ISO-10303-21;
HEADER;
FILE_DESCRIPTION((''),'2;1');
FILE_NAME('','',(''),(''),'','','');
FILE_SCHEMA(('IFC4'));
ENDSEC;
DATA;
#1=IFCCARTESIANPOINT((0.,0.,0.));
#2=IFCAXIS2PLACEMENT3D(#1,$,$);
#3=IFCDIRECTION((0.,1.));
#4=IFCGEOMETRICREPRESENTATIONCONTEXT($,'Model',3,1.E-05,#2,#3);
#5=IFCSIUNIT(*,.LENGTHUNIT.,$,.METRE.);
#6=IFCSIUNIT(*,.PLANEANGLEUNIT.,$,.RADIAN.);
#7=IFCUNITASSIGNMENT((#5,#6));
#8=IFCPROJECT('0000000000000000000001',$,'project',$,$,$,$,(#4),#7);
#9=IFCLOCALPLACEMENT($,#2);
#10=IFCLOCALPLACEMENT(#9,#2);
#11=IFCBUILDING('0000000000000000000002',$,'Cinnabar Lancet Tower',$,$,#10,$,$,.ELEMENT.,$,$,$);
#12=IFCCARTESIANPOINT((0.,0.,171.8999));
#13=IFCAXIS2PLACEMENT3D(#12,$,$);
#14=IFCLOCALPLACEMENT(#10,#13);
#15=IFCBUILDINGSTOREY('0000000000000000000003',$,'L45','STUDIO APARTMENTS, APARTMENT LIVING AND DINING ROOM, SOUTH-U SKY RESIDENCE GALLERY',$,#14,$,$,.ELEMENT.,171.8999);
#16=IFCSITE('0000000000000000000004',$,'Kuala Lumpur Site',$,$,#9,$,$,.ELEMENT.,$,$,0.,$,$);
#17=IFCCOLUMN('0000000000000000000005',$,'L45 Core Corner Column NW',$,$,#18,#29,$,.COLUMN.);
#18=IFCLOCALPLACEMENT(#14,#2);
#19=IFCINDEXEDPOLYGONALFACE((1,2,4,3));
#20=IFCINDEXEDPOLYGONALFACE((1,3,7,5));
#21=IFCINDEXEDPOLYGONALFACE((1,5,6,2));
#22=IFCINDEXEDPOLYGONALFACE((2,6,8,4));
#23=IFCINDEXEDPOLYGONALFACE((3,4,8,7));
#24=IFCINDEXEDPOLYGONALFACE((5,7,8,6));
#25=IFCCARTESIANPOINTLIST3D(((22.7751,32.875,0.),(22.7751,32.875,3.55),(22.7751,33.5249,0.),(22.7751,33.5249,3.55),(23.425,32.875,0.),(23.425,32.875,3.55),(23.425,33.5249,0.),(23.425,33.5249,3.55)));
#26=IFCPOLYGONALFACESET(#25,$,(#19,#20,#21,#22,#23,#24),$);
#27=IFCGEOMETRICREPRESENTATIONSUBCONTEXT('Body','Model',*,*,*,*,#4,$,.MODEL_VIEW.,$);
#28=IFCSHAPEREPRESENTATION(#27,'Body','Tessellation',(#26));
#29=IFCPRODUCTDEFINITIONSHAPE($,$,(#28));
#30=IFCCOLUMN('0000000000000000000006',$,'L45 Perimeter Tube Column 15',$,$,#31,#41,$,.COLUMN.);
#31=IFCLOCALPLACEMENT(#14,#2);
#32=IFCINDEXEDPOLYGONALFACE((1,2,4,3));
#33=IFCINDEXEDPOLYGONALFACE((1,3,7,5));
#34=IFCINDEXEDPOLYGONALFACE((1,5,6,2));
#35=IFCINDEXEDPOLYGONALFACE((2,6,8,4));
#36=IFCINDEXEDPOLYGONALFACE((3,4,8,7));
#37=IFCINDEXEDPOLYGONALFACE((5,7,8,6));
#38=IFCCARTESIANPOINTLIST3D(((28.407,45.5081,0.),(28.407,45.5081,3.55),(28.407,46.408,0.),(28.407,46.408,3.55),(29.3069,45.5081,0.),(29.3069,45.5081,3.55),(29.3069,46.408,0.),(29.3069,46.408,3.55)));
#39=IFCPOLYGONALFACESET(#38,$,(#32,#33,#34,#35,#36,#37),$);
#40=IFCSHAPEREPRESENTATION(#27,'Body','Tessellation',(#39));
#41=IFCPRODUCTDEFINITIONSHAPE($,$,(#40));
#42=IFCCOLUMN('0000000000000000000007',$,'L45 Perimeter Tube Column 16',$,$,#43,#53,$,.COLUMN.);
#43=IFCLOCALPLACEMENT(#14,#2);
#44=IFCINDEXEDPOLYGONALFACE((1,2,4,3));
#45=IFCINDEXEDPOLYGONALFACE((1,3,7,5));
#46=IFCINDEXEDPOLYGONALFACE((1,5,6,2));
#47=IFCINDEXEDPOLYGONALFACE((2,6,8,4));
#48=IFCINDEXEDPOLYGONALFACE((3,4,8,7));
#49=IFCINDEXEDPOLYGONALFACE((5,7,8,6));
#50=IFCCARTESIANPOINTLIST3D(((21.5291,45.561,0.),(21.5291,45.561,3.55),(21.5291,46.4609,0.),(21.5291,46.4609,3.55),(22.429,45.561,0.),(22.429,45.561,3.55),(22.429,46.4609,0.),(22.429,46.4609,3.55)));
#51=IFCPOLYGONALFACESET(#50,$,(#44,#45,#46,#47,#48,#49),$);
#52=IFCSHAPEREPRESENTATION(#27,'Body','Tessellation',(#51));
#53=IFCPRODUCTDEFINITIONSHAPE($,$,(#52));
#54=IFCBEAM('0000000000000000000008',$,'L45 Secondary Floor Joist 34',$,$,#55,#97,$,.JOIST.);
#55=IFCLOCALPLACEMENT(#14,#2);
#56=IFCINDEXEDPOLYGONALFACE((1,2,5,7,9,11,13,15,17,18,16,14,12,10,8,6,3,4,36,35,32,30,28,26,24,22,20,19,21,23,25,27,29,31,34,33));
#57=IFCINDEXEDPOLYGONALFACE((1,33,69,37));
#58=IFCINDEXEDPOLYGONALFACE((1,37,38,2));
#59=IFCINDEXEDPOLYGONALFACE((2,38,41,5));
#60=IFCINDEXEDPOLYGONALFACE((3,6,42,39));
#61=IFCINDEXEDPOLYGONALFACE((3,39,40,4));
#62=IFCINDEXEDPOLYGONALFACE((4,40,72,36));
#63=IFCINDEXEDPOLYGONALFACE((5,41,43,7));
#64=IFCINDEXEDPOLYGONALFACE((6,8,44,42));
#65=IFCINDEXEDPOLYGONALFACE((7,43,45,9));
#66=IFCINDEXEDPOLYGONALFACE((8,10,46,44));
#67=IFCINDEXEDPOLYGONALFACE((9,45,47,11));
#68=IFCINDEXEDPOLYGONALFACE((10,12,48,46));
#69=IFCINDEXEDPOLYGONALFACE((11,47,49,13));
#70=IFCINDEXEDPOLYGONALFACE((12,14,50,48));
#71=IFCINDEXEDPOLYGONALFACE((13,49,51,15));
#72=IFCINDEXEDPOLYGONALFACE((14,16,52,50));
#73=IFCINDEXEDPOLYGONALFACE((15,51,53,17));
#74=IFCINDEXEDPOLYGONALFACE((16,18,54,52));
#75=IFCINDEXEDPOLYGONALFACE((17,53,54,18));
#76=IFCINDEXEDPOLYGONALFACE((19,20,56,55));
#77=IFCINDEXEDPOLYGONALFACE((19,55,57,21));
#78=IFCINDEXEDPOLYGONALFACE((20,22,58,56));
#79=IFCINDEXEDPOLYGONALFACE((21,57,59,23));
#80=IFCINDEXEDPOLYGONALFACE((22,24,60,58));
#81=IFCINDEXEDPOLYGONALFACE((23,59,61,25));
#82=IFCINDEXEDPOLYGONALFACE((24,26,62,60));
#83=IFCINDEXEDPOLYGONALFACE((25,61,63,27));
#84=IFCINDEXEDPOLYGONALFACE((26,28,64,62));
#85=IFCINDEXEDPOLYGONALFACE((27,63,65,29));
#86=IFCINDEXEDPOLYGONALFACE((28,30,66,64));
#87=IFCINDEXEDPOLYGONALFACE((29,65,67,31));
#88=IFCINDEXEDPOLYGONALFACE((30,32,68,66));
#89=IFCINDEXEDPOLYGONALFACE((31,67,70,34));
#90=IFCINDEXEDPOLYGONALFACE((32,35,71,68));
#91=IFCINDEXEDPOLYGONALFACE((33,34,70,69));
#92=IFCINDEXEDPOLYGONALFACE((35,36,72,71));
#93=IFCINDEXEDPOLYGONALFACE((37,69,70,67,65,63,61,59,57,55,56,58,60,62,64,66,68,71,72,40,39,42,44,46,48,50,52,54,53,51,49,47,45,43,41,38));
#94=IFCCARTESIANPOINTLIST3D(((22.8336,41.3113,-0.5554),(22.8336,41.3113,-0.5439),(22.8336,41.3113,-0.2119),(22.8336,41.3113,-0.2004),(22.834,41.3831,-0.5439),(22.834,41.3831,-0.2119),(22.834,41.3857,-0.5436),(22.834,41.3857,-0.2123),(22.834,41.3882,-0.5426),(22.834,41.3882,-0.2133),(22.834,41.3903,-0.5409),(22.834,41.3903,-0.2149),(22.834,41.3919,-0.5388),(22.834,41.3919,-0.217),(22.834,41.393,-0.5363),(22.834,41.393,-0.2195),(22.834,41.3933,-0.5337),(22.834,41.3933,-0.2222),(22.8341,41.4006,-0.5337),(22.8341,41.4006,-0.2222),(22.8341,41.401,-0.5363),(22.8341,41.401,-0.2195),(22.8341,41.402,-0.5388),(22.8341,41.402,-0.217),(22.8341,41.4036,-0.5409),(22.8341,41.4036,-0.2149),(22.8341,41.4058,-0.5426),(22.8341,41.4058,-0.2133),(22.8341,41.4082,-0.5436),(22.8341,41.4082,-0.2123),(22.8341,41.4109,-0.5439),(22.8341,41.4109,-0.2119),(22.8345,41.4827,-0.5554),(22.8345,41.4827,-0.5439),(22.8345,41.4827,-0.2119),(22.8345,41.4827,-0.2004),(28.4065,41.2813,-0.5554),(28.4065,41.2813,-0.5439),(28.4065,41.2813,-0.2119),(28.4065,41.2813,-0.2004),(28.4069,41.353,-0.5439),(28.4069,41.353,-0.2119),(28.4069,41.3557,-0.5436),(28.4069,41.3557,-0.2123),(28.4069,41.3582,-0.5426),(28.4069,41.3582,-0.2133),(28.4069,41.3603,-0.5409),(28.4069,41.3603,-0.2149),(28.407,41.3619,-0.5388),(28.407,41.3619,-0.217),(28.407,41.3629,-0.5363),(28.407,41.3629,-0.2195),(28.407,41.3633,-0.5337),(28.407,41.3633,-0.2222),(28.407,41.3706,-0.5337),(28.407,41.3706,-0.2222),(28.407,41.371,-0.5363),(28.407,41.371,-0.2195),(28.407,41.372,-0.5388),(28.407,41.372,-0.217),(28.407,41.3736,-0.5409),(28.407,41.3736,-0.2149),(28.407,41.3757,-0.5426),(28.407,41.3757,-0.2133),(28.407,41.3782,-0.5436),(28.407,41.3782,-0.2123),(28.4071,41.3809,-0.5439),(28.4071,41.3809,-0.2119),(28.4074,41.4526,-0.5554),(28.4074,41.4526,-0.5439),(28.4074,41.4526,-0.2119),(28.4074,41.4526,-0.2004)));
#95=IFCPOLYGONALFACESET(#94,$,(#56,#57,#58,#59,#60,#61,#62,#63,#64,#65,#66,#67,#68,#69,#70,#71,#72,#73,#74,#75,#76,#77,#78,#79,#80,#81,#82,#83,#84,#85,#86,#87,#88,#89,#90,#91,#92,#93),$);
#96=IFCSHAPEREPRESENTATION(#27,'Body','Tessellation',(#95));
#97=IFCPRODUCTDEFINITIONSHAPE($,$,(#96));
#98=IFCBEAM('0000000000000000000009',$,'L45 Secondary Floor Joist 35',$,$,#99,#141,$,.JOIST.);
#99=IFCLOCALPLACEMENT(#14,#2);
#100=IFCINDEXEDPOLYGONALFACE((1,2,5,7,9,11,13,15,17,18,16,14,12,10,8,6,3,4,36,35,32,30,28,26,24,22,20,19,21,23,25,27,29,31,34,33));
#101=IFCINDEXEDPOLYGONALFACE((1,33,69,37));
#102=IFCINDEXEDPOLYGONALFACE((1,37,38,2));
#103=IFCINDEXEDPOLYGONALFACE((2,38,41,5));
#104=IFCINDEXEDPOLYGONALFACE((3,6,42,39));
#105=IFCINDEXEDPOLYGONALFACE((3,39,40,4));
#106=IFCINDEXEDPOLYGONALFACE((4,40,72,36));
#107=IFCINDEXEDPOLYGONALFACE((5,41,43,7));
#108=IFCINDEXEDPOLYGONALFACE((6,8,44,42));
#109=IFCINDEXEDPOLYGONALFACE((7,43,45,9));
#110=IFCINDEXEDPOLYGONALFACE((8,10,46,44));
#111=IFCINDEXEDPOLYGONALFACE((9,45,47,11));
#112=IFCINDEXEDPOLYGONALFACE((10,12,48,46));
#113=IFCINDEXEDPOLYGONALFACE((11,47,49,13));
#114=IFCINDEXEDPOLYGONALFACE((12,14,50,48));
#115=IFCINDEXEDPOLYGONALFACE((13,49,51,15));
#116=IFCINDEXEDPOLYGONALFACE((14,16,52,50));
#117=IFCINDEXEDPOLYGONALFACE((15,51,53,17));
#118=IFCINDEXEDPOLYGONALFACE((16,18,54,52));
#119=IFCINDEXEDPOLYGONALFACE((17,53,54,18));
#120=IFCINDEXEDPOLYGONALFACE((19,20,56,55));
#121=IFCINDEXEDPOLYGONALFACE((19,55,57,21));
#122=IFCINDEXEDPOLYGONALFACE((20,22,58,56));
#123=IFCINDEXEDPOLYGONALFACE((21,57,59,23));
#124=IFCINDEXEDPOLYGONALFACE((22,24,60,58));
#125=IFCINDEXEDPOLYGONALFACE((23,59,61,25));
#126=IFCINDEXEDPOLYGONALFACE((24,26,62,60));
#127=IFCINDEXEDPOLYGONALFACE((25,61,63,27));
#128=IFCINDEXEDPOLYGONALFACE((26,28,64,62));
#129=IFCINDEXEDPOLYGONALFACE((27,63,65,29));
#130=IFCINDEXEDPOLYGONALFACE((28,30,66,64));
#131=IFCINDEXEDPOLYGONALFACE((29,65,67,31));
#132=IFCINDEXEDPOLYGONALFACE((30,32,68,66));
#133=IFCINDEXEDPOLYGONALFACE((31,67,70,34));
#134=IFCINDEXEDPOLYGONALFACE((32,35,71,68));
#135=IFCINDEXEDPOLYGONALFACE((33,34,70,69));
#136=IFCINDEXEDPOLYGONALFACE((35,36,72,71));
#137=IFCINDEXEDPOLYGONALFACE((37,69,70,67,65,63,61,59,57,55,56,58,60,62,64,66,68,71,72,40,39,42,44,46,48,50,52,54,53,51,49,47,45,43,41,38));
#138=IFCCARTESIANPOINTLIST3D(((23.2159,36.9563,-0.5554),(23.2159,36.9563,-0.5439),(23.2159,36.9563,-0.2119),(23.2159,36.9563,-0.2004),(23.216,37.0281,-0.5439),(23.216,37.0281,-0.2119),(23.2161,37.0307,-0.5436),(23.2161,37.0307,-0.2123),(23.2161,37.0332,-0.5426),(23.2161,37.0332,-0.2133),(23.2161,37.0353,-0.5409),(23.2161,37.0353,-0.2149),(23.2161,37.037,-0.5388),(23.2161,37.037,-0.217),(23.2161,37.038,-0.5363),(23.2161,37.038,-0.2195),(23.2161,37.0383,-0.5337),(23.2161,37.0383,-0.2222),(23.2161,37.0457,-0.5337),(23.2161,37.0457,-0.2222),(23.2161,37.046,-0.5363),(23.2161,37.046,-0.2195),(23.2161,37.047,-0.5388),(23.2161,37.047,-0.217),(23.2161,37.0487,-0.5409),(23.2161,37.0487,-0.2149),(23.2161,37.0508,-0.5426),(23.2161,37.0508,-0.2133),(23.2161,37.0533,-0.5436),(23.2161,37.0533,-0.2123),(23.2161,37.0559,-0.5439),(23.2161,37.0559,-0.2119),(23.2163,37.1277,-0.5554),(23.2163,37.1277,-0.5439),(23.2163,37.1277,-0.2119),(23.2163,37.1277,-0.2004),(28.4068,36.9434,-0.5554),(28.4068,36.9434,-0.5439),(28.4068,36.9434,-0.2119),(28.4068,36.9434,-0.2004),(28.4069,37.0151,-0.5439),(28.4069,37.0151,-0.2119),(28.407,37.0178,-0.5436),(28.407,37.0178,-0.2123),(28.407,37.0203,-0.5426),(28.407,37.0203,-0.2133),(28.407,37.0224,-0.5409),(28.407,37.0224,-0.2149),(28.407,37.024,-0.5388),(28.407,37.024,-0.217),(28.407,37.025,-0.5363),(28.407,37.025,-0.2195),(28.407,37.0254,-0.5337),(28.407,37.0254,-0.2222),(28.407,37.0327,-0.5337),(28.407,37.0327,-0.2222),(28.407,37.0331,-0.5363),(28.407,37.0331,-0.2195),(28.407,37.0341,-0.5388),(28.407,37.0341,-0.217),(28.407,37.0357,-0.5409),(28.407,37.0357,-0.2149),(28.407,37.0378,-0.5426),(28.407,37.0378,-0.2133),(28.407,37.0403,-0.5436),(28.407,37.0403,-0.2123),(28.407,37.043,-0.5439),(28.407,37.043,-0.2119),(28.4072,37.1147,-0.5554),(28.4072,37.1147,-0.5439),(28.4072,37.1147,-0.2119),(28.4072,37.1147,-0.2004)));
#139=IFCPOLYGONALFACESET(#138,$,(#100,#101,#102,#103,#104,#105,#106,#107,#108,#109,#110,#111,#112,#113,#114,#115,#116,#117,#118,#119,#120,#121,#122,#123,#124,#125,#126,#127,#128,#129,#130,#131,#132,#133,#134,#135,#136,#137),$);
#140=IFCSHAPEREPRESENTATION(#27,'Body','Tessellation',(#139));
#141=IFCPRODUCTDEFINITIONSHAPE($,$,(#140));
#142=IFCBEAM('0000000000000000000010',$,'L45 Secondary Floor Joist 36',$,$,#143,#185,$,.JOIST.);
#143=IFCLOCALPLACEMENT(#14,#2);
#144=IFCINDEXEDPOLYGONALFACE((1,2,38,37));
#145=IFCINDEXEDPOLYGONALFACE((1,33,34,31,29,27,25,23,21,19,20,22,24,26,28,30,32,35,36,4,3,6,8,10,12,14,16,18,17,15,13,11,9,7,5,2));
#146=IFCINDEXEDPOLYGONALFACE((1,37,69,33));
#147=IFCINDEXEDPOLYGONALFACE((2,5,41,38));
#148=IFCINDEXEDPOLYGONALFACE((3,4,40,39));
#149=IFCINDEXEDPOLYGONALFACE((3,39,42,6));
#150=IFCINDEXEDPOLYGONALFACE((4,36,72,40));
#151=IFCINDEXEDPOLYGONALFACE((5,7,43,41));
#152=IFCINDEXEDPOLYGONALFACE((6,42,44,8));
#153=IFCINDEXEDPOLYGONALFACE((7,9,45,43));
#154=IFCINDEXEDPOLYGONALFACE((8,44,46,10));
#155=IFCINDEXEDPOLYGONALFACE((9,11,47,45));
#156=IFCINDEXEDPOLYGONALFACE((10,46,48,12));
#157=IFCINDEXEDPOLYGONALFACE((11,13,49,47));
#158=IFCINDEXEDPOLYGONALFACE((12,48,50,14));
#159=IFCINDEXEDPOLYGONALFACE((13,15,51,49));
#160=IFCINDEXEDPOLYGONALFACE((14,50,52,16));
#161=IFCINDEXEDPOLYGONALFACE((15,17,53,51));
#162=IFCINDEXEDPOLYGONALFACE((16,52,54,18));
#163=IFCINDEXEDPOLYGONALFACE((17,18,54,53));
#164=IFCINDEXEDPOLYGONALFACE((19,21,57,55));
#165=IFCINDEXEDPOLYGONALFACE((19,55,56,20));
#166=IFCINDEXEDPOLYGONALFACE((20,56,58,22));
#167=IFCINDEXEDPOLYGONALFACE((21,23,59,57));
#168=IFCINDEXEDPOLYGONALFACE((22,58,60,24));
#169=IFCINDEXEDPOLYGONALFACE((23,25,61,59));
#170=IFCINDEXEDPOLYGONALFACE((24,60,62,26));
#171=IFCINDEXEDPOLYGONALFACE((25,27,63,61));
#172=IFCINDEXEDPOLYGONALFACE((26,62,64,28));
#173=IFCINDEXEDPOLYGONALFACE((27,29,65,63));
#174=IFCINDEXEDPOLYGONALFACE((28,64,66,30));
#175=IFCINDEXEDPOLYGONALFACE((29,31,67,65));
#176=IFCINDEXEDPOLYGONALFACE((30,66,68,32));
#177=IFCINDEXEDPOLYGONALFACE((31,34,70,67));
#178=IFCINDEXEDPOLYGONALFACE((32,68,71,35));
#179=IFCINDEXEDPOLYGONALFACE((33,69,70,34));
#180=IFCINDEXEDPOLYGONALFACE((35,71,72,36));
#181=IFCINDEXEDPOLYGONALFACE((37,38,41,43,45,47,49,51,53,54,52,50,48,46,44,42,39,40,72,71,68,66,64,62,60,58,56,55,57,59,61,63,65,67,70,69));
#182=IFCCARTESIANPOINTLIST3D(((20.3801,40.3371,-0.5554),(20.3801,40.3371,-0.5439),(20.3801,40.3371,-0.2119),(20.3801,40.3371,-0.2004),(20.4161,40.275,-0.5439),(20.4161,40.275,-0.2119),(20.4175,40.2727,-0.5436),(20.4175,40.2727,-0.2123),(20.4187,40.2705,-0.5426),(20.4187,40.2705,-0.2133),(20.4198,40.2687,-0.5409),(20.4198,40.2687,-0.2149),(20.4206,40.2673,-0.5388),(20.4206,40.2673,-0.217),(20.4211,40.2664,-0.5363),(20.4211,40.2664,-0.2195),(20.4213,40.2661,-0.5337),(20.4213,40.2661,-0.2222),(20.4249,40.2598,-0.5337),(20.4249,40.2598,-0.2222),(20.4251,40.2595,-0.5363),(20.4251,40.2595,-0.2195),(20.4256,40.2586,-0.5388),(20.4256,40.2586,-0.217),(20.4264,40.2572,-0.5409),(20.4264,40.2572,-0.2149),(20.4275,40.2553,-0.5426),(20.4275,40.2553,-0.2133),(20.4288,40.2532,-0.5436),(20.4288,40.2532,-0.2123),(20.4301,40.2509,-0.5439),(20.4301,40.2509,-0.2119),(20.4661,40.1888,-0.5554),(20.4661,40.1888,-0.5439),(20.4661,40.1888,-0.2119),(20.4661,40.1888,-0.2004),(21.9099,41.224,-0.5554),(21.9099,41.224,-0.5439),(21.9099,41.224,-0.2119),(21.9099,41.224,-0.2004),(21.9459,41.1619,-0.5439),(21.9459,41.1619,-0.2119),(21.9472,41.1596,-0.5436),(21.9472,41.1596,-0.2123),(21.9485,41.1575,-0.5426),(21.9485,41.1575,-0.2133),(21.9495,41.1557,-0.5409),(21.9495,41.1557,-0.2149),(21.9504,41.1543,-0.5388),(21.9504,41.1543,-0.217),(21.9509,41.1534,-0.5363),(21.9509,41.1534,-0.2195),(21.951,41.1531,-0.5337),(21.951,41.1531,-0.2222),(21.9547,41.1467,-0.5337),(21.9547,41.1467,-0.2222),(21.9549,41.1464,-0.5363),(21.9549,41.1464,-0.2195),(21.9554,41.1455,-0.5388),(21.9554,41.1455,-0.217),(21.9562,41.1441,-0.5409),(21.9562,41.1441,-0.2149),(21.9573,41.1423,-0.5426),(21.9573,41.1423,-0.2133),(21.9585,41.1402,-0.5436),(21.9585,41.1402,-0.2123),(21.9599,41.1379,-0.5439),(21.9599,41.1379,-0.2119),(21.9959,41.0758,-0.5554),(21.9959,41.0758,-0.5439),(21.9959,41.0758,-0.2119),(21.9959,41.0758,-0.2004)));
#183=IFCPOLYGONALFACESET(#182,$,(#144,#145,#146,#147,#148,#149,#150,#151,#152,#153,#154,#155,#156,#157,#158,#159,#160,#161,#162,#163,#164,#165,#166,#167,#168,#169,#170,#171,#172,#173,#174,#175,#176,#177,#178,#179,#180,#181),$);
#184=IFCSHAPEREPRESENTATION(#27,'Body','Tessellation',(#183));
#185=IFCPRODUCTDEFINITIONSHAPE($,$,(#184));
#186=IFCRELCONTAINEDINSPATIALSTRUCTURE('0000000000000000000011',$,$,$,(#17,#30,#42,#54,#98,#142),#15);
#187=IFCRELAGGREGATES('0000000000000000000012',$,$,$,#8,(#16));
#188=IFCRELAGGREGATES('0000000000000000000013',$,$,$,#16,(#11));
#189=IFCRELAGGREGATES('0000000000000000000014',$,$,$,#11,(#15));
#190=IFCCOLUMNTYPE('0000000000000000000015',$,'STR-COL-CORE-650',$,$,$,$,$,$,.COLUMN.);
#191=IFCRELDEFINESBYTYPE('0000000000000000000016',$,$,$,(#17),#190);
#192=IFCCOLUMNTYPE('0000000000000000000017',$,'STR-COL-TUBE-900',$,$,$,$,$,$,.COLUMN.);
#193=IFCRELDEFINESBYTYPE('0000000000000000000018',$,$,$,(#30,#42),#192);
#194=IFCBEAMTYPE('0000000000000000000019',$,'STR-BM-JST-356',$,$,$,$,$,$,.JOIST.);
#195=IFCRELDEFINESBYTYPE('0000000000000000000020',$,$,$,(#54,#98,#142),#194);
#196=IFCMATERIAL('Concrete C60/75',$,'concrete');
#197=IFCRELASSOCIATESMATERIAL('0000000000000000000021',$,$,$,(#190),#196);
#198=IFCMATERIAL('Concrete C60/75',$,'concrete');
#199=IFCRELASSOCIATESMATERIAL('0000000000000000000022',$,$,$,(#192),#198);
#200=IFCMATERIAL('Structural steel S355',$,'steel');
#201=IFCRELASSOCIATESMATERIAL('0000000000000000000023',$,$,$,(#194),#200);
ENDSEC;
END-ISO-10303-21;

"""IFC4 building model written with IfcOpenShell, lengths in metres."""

from ifc_helpers import new_model, si_unit, direction, frame, origin, origin_2d, place, context, subcontext, project, spatial, rectangle, i_section, extrude, material, material_profile, profile_set, type_object, element, save


model = new_model("IFC4")

# Units and contexts
model_context = context("Model", 3, precision=1e-05, world=origin(), true_north=direction((0.0, 1.0)))
body_context = subcontext(model_context, "Body", "Model", "MODEL_VIEW")
ifc_project = project(units=[si_unit("LENGTHUNIT", "METRE"), si_unit("PLANEANGLEUNIT", "RADIAN")], contexts=[model_context])

# Site, building, storey
site_placement = place(None, origin())
site = spatial("IfcSite", under=ifc_project, at=site_placement, Name="Kuala Lumpur Site", CompositionType="ELEMENT", RefElevation=0.0)
building_placement = place(site_placement, origin())
building = spatial("IfcBuilding", under=site, at=building_placement, Name="Cinnabar Lancet Tower", CompositionType="ELEMENT")
storey_placement = place(building_placement, frame((0.0, 0.0, 171.8999)))
storey = spatial("IfcBuildingStorey", under=building, at=storey_placement, Name="L45", Description="STUDIO APARTMENTS, APARTMENT LIVING AND DINING ROOM, SOUTH-U SKY RESIDENCE GALLERY", CompositionType="ELEMENT", Elevation=171.8999)

# Columns
ifc_material_1 = material(Name="Concrete C60/75", Category="concrete")
ifc_material_profile_1 = material_profile(ifc_material_1, rectangle(XDim=0.6499, YDim=0.6499, at=origin_2d()), Name="RC-COL 650x650")
ifc_profile_set_1 = profile_set([ifc_material_profile_1], Name="Concrete C60/75")
column_type_1 = type_object("IfcColumnType", Name="STR-COL-CORE-650", PredefinedType="COLUMN", material=ifc_profile_set_1)
column_placement = place(storey_placement, frame((23.1001, 33.2, 0.0), z_axis=(0.0, 0.0, 1.0), x_axis=(1.0, 0.0, 0.0)))
element("IfcColumn", 1, at=column_placement, inside=storey, type_object=column_type_1, Name="L45 Core Corner Column NW", PredefinedType="COLUMN", context=body_context, shape_type="SweptSolid", body=[
    extrude(rectangle(XDim=0.6499, YDim=0.6499, at=origin_2d()), origin(), (0.0, 0.0, 1.0), 3.55),
])
ifc_material_2 = material(Name="Concrete C60/75", Category="concrete")
ifc_material_profile_2 = material_profile(ifc_material_2, rectangle(XDim=0.8999, YDim=0.8999, at=origin_2d()), Name="RC-COL 900x900")
ifc_profile_set_2 = profile_set([ifc_material_profile_2], Name="Concrete C60/75")
column_type_2 = type_object("IfcColumnType", Name="STR-COL-TUBE-900", PredefinedType="COLUMN", material=ifc_profile_set_2)
for number, where, z_axis, x_axis, name in (
    (2, (28.8569, 45.958, 0.0), (0.0, 0.0, 1.0), (1.0, 0.0, 0.0), "L45 Perimeter Tube Column 15"),
    (3, (21.979, 46.011, 0.0), (0.0, 0.0, 1.0), (1.0, 0.0, 0.0), "L45 Perimeter Tube Column 16"),
):
    element("IfcColumn", number, at=place(storey_placement, frame(where, z_axis=z_axis, x_axis=x_axis)), inside=storey, type_object=column_type_2, Name=name, PredefinedType="COLUMN", context=body_context, shape_type="SweptSolid", body=[
        extrude(rectangle(XDim=0.8999, YDim=0.8999, at=origin_2d()), origin(), (0.0, 0.0, 1.0), 3.55),
    ])

# Beams
ifc_material_3 = material(Name="Structural steel S355", Category="steel")
ifc_material_profile_3 = material_profile(ifc_material_3, i_section(OverallWidth=0.1714, OverallDepth=0.355, WebThickness=0.0073, FlangeThickness=0.0115, FilletRadius=0.0103, at=origin_2d()), Name="UKB 356x171x51")
ifc_profile_set_3 = profile_set([ifc_material_profile_3], Name="Structural steel S355")
beam_type_1 = type_object("IfcBeamType", Name="STR-BM-JST-356", PredefinedType="JOIST", material=ifc_profile_set_3)
beam_1_placement = place(storey_placement, frame((28.407, 41.3669, -0.3779), z_axis=(-0.999985, 0.005388, 0.0), x_axis=(-0.005388, -0.999985, 0.0)))
element("IfcBeam", 4, at=beam_1_placement, inside=storey, type_object=beam_type_1, Name="L45 Secondary Floor Joist 34", PredefinedType="JOIST", context=body_context, shape_type="SweptSolid", body=[
    extrude(i_section(OverallWidth=0.1714, OverallDepth=0.355, WebThickness=0.0073, FlangeThickness=0.0115, FilletRadius=0.0103, at=origin_2d()), origin(), (0.0, 0.0, 1.0), 5.573),
])
beam_2_placement = place(storey_placement, frame((28.407, 37.0291, -0.3779), z_axis=(-0.999997, 0.002493, 0.0), x_axis=(-0.002493, -0.999997, 0.0)))
element("IfcBeam", 5, at=beam_2_placement, inside=storey, type_object=beam_type_1, Name="L45 Secondary Floor Joist 35", PredefinedType="JOIST", context=body_context, shape_type="SweptSolid", body=[
    extrude(i_section(OverallWidth=0.1714, OverallDepth=0.355, WebThickness=0.0073, FlangeThickness=0.0115, FilletRadius=0.0103, at=origin_2d()), origin(), (0.0, 0.0, 1.0), 5.1909),
])
beam_3_placement = place(storey_placement, frame((21.9529, 41.1499, -0.3779), z_axis=(-0.865108, -0.501586, 0.0), x_axis=(0.501586, -0.865108, 0.0)))
element("IfcBeam", 6, at=beam_3_placement, inside=storey, type_object=beam_type_1, Name="L45 Secondary Floor Joist 36", PredefinedType="JOIST", context=body_context, shape_type="SweptSolid", body=[
    extrude(i_section(OverallWidth=0.1714, OverallDepth=0.355, WebThickness=0.0073, FlangeThickness=0.0115, FilletRadius=0.0103, at=origin_2d()), origin(), (0.0, 0.0, 1.0), 1.7683),
])

save(model, "model.ifc")
